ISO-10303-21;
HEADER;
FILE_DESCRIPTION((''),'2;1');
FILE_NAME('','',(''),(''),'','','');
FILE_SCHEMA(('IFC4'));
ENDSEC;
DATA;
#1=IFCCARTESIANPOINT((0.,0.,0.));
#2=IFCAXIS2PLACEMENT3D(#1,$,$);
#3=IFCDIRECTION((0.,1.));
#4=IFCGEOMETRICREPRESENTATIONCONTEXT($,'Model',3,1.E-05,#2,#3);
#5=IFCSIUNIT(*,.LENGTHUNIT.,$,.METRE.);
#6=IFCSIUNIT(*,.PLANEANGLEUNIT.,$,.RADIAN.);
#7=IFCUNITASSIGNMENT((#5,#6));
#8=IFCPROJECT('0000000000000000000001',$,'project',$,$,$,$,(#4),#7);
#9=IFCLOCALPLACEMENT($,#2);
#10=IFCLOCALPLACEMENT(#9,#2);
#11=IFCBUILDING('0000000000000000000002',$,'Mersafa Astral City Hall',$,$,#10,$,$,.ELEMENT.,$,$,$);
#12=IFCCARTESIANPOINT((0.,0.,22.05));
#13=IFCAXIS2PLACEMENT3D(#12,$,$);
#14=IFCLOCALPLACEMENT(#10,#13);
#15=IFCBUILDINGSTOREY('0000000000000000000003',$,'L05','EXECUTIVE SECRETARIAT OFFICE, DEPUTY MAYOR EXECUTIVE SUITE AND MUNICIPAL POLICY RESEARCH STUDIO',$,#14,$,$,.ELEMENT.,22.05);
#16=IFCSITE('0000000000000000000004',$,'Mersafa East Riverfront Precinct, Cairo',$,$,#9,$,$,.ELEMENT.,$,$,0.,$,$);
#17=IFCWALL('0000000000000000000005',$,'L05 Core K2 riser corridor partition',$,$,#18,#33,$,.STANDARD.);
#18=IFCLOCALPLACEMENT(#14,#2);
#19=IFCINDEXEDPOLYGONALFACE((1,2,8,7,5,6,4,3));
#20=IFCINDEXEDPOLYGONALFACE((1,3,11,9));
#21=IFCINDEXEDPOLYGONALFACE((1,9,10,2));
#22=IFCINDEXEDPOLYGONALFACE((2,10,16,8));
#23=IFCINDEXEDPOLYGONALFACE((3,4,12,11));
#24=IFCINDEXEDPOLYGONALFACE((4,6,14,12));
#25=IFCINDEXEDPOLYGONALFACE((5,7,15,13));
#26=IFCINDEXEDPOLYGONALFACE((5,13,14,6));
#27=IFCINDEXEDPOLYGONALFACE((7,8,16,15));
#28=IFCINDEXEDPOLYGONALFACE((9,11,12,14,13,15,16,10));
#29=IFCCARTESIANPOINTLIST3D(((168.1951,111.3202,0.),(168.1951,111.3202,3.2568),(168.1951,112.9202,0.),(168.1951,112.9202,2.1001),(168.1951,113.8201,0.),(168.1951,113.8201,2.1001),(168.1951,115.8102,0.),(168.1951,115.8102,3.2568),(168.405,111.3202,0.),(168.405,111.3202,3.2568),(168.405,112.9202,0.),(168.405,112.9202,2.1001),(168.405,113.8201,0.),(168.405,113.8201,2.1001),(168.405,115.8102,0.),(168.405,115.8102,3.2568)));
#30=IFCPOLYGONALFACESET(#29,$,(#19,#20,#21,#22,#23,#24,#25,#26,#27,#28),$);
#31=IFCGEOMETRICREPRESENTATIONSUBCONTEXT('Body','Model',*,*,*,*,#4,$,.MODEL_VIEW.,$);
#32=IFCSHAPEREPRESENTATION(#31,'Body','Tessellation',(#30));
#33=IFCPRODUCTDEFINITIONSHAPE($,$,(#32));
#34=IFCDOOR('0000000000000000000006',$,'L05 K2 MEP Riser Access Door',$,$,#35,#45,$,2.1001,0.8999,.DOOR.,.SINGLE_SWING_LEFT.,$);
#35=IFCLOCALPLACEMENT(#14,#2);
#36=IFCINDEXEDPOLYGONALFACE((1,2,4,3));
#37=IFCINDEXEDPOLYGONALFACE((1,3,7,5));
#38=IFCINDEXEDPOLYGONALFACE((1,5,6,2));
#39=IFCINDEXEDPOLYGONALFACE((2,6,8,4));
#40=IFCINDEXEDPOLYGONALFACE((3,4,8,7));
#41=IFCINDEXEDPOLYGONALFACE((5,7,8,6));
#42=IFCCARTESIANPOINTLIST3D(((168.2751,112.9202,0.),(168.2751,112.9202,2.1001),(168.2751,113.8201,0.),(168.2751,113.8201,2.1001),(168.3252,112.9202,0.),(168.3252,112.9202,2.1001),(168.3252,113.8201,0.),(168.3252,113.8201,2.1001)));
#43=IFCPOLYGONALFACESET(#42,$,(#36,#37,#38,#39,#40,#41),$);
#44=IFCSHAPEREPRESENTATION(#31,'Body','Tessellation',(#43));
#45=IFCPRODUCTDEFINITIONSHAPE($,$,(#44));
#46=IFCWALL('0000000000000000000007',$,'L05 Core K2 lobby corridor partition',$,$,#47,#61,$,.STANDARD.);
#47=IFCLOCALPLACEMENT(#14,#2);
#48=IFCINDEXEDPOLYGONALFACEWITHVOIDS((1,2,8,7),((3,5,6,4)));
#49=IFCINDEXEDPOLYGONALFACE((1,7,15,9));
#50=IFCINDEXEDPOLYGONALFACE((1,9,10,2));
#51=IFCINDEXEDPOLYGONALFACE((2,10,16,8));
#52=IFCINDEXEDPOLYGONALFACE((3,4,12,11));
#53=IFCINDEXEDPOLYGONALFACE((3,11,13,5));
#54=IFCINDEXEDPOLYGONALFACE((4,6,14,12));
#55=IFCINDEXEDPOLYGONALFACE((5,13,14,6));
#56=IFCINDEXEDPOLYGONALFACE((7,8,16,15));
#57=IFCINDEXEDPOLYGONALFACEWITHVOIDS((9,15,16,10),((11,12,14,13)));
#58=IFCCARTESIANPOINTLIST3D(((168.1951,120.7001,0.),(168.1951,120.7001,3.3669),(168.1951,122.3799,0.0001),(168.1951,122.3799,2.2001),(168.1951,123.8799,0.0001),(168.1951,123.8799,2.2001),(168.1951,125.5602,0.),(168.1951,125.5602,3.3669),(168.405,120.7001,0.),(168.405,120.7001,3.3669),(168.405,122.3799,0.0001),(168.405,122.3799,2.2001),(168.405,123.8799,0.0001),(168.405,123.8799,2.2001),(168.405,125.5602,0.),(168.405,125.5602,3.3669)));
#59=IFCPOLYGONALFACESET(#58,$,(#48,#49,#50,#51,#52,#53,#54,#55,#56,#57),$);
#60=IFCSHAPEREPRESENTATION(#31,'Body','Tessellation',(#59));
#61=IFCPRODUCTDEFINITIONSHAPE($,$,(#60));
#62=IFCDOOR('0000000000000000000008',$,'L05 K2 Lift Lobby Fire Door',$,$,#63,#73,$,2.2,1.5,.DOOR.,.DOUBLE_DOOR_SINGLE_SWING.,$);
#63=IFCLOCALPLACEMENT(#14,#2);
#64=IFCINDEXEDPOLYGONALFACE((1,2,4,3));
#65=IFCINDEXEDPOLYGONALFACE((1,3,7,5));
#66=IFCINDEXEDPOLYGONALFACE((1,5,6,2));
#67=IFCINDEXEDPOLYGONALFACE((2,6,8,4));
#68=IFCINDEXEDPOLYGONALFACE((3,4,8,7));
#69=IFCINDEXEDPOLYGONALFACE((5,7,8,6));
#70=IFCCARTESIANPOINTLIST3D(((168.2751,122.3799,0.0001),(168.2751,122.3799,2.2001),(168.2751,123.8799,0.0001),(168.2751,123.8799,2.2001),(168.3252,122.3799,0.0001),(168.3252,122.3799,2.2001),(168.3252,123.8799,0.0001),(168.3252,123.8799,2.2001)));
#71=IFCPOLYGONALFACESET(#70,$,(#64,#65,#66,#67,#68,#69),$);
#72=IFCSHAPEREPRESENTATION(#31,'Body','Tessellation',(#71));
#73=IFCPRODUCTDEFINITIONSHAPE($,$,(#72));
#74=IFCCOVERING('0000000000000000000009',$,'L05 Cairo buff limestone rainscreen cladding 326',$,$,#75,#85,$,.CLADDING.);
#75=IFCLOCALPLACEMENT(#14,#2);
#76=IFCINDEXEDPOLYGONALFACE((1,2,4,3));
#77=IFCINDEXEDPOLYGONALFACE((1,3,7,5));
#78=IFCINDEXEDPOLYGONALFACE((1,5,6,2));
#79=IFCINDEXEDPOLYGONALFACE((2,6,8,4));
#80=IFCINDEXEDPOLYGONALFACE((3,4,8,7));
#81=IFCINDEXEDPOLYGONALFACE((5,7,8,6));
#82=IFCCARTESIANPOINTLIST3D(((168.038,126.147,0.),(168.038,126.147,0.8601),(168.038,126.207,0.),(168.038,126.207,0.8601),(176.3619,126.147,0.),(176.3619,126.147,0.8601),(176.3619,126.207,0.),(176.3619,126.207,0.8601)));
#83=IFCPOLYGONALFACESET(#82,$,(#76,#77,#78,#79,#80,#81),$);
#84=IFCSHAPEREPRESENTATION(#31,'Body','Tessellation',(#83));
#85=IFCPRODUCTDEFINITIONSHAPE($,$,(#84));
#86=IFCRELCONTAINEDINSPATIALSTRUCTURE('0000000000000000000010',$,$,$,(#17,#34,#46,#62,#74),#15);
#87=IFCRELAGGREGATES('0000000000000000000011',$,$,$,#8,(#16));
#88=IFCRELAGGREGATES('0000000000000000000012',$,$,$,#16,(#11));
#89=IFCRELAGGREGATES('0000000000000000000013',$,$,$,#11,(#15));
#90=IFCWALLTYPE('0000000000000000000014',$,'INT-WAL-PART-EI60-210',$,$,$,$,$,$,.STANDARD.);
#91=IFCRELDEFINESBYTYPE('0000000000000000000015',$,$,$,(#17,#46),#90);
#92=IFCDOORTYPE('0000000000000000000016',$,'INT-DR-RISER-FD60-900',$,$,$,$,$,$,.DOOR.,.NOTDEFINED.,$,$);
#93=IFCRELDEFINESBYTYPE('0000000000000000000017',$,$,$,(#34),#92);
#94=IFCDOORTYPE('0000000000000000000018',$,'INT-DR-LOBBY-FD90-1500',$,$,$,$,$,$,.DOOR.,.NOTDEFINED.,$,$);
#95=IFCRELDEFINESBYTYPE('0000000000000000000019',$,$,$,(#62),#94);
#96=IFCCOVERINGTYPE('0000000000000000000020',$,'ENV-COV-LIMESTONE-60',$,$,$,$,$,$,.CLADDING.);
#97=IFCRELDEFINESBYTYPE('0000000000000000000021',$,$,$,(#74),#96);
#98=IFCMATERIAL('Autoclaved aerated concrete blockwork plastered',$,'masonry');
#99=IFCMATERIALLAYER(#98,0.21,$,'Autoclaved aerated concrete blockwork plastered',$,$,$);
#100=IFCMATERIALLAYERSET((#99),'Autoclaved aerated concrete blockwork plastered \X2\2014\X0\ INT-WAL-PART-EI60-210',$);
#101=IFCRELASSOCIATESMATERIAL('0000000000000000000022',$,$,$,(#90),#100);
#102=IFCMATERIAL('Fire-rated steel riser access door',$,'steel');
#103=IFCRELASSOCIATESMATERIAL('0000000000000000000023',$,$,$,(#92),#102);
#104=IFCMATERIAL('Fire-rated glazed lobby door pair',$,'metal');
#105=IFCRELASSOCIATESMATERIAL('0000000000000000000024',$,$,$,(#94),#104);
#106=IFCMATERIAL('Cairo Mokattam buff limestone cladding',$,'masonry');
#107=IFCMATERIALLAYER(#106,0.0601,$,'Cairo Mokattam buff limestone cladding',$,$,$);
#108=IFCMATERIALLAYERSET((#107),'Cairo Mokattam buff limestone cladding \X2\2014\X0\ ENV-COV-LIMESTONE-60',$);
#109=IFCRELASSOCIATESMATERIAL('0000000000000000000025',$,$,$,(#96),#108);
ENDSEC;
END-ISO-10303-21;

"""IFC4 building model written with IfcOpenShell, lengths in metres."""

from ifc_helpers import new_model, si_unit, direction, frame, frame_2d, origin, origin_2d, place, context, subcontext, project, spatial, rectangle, extrude, material, layer, layer_set, type_object, element, fill, save


model = new_model("IFC4")

# Units and contexts
model_context = context("Model", 3, precision=1e-05, world=origin(), true_north=direction((0.0, 1.0)))
body_context = subcontext(model_context, "Body", "Model", "MODEL_VIEW")
ifc_project = project(units=[si_unit("LENGTHUNIT", "METRE"), si_unit("PLANEANGLEUNIT", "RADIAN")], contexts=[model_context])

# Site, building, storey
site_placement = place(None, origin())
site = spatial("IfcSite", under=ifc_project, at=site_placement, Name="Mersafa East Riverfront Precinct, Cairo", CompositionType="ELEMENT", RefElevation=0.0)
building_placement = place(site_placement, origin())
building = spatial("IfcBuilding", under=site, at=building_placement, Name="Mersafa Astral City Hall", CompositionType="ELEMENT")
storey_placement = place(building_placement, frame((0.0, 0.0, 22.05)))
storey = spatial("IfcBuildingStorey", under=building, at=storey_placement, Name="L05", Description="EXECUTIVE SECRETARIAT OFFICE, DEPUTY MAYOR EXECUTIVE SUITE AND MUNICIPAL POLICY RESEARCH STUDIO", CompositionType="ELEMENT", Elevation=22.05)

# Walls, openings, doors
ifc_material_1 = material(Name="Autoclaved aerated concrete blockwork plastered", Category="masonry")
ifc_layer_1 = layer(ifc_material_1, 0.21, Name="Autoclaved aerated concrete blockwork plastered")
ifc_layer_set_1 = layer_set([ifc_layer_1], Name="Autoclaved aerated concrete blockwork plastered — INT-WAL-PART-EI60-210")
wall_type_1 = type_object("IfcWallType", Name="INT-WAL-PART-EI60-210", PredefinedType="STANDARD", material=ifc_layer_set_1)
wall_1_placement = place(storey_placement, frame((168.3, 111.3201, 0.0), z_axis=(0.0, 0.0, 1.0), x_axis=(0.0, 1.0, 0.0)))
wall_1 = element("IfcWall", 1, at=wall_1_placement, inside=storey, type_object=wall_type_1, Name="L05 Core K2 riser corridor partition", PredefinedType="STANDARD", context=body_context, shape_type="SweptSolid", body=[
    extrude(rectangle(XDim=4.49, YDim=0.21, at=frame_2d((2.2451, 0.0))), origin(), (0.0, 0.0, 1.0), 3.2568),
])
opening_1_placement = place(wall_1_placement, frame((1.6001, 0.0, 0.0)))
opening_1 = element("IfcOpeningElement", 2, at=opening_1_placement, cuts=wall_1, PredefinedType="OPENING", context=body_context, shape_type="SweptSolid", body=[
    extrude(rectangle(XDim=0.8999, YDim=2.1001, at=frame_2d((0.45, 1.05))), frame((0.0, 0.115, 0.0), z_axis=(0.0, -1.0, 0.0), x_axis=(1.0, 0.0, 0.0)), (0.0, 0.0, 1.0), 0.23),
])
ifc_material_2 = material(Name="Fire-rated steel riser access door", Category="steel")
door_type_1 = type_object("IfcDoorType", Name="INT-DR-RISER-FD60-900", OperationType="NOTDEFINED", PredefinedType="DOOR", material=ifc_material_2)
door_1_placement = place(opening_1_placement, origin())
door_1 = element("IfcDoor", 3, at=door_1_placement, inside=storey, type_object=door_type_1, Name="L05 K2 MEP Riser Access Door", OperationType="SINGLE_SWING_LEFT", OverallHeight=2.1001, OverallWidth=0.8999, PredefinedType="DOOR", context=body_context, shape_type="SweptSolid", body=[
    extrude(rectangle(XDim=0.8999, YDim=2.1001, at=frame_2d((0.45, 1.05))), frame((0.0, 0.0249, 0.0), z_axis=(0.0, -1.0, 0.0), x_axis=(1.0, 0.0, 0.0)), (0.0, 0.0, 1.0), 0.05),
])
fill(opening_1, door_1)
wall_2_placement = place(storey_placement, frame((168.3, 120.7, 0.0), z_axis=(0.0, 0.0, 1.0), x_axis=(0.0, 1.0, 0.0)))
wall_2 = element("IfcWall", 4, at=wall_2_placement, inside=storey, type_object=wall_type_1, Name="L05 Core K2 lobby corridor partition", PredefinedType="STANDARD", context=body_context, shape_type="SweptSolid", body=[
    extrude(rectangle(XDim=4.8601, YDim=0.21, at=frame_2d((2.4302, 0.0))), origin(), (0.0, 0.0, 1.0), 3.3669),
])
opening_2_placement = place(wall_2_placement, frame((1.6799, 0.0, 0.0)))
opening_2 = element("IfcOpeningElement", 5, at=opening_2_placement, cuts=wall_2, PredefinedType="OPENING", context=body_context, shape_type="SweptSolid", body=[
    extrude(rectangle(XDim=1.5, YDim=2.2, at=frame_2d((0.75, 1.1001))), frame((0.0, 0.115, 0.0), z_axis=(0.0, -1.0, 0.0), x_axis=(1.0, 0.0, 0.0)), (0.0, 0.0, 1.0), 0.23),
])
ifc_material_3 = material(Name="Fire-rated glazed lobby door pair", Category="metal")
door_type_2 = type_object("IfcDoorType", Name="INT-DR-LOBBY-FD90-1500", OperationType="NOTDEFINED", PredefinedType="DOOR", material=ifc_material_3)
door_2_placement = place(opening_2_placement, origin())
door_2 = element("IfcDoor", 6, at=door_2_placement, inside=storey, type_object=door_type_2, Name="L05 K2 Lift Lobby Fire Door", OperationType="DOUBLE_DOOR_SINGLE_SWING", OverallHeight=2.2, OverallWidth=1.5, PredefinedType="DOOR", context=body_context, shape_type="SweptSolid", body=[
    extrude(rectangle(XDim=1.5, YDim=2.2, at=frame_2d((0.75, 1.1001))), frame((0.0, 0.0249, 0.0), z_axis=(0.0, -1.0, 0.0), x_axis=(1.0, 0.0, 0.0)), (0.0, 0.0, 1.0), 0.05),
])
fill(opening_2, door_2)

# Covering
ifc_material_4 = material(Name="Cairo Mokattam buff limestone cladding", Category="masonry")
ifc_layer_2 = layer(ifc_material_4, 0.0601, Name="Cairo Mokattam buff limestone cladding")
ifc_layer_set_2 = layer_set([ifc_layer_2], Name="Cairo Mokattam buff limestone cladding — ENV-COV-LIMESTONE-60")
covering_type = type_object("IfcCoveringType", Name="ENV-COV-LIMESTONE-60", PredefinedType="CLADDING", material=ifc_layer_set_2)
covering_placement = place(storey_placement, frame((172.2, 126.177, 0.0), z_axis=(0.0, 0.0, 1.0), x_axis=(-1.0, 0.0, 0.0)))
element("IfcCovering", 7, at=covering_placement, inside=storey, type_object=covering_type, Name="L05 Cairo buff limestone rainscreen cladding 326", PredefinedType="CLADDING", context=body_context, shape_type="SweptSolid", body=[
    extrude(rectangle(XDim=8.324, YDim=0.0601, at=origin_2d()), origin(), (0.0, 0.0, 1.0), 0.8601),
])

save(model, "model.ifc")
